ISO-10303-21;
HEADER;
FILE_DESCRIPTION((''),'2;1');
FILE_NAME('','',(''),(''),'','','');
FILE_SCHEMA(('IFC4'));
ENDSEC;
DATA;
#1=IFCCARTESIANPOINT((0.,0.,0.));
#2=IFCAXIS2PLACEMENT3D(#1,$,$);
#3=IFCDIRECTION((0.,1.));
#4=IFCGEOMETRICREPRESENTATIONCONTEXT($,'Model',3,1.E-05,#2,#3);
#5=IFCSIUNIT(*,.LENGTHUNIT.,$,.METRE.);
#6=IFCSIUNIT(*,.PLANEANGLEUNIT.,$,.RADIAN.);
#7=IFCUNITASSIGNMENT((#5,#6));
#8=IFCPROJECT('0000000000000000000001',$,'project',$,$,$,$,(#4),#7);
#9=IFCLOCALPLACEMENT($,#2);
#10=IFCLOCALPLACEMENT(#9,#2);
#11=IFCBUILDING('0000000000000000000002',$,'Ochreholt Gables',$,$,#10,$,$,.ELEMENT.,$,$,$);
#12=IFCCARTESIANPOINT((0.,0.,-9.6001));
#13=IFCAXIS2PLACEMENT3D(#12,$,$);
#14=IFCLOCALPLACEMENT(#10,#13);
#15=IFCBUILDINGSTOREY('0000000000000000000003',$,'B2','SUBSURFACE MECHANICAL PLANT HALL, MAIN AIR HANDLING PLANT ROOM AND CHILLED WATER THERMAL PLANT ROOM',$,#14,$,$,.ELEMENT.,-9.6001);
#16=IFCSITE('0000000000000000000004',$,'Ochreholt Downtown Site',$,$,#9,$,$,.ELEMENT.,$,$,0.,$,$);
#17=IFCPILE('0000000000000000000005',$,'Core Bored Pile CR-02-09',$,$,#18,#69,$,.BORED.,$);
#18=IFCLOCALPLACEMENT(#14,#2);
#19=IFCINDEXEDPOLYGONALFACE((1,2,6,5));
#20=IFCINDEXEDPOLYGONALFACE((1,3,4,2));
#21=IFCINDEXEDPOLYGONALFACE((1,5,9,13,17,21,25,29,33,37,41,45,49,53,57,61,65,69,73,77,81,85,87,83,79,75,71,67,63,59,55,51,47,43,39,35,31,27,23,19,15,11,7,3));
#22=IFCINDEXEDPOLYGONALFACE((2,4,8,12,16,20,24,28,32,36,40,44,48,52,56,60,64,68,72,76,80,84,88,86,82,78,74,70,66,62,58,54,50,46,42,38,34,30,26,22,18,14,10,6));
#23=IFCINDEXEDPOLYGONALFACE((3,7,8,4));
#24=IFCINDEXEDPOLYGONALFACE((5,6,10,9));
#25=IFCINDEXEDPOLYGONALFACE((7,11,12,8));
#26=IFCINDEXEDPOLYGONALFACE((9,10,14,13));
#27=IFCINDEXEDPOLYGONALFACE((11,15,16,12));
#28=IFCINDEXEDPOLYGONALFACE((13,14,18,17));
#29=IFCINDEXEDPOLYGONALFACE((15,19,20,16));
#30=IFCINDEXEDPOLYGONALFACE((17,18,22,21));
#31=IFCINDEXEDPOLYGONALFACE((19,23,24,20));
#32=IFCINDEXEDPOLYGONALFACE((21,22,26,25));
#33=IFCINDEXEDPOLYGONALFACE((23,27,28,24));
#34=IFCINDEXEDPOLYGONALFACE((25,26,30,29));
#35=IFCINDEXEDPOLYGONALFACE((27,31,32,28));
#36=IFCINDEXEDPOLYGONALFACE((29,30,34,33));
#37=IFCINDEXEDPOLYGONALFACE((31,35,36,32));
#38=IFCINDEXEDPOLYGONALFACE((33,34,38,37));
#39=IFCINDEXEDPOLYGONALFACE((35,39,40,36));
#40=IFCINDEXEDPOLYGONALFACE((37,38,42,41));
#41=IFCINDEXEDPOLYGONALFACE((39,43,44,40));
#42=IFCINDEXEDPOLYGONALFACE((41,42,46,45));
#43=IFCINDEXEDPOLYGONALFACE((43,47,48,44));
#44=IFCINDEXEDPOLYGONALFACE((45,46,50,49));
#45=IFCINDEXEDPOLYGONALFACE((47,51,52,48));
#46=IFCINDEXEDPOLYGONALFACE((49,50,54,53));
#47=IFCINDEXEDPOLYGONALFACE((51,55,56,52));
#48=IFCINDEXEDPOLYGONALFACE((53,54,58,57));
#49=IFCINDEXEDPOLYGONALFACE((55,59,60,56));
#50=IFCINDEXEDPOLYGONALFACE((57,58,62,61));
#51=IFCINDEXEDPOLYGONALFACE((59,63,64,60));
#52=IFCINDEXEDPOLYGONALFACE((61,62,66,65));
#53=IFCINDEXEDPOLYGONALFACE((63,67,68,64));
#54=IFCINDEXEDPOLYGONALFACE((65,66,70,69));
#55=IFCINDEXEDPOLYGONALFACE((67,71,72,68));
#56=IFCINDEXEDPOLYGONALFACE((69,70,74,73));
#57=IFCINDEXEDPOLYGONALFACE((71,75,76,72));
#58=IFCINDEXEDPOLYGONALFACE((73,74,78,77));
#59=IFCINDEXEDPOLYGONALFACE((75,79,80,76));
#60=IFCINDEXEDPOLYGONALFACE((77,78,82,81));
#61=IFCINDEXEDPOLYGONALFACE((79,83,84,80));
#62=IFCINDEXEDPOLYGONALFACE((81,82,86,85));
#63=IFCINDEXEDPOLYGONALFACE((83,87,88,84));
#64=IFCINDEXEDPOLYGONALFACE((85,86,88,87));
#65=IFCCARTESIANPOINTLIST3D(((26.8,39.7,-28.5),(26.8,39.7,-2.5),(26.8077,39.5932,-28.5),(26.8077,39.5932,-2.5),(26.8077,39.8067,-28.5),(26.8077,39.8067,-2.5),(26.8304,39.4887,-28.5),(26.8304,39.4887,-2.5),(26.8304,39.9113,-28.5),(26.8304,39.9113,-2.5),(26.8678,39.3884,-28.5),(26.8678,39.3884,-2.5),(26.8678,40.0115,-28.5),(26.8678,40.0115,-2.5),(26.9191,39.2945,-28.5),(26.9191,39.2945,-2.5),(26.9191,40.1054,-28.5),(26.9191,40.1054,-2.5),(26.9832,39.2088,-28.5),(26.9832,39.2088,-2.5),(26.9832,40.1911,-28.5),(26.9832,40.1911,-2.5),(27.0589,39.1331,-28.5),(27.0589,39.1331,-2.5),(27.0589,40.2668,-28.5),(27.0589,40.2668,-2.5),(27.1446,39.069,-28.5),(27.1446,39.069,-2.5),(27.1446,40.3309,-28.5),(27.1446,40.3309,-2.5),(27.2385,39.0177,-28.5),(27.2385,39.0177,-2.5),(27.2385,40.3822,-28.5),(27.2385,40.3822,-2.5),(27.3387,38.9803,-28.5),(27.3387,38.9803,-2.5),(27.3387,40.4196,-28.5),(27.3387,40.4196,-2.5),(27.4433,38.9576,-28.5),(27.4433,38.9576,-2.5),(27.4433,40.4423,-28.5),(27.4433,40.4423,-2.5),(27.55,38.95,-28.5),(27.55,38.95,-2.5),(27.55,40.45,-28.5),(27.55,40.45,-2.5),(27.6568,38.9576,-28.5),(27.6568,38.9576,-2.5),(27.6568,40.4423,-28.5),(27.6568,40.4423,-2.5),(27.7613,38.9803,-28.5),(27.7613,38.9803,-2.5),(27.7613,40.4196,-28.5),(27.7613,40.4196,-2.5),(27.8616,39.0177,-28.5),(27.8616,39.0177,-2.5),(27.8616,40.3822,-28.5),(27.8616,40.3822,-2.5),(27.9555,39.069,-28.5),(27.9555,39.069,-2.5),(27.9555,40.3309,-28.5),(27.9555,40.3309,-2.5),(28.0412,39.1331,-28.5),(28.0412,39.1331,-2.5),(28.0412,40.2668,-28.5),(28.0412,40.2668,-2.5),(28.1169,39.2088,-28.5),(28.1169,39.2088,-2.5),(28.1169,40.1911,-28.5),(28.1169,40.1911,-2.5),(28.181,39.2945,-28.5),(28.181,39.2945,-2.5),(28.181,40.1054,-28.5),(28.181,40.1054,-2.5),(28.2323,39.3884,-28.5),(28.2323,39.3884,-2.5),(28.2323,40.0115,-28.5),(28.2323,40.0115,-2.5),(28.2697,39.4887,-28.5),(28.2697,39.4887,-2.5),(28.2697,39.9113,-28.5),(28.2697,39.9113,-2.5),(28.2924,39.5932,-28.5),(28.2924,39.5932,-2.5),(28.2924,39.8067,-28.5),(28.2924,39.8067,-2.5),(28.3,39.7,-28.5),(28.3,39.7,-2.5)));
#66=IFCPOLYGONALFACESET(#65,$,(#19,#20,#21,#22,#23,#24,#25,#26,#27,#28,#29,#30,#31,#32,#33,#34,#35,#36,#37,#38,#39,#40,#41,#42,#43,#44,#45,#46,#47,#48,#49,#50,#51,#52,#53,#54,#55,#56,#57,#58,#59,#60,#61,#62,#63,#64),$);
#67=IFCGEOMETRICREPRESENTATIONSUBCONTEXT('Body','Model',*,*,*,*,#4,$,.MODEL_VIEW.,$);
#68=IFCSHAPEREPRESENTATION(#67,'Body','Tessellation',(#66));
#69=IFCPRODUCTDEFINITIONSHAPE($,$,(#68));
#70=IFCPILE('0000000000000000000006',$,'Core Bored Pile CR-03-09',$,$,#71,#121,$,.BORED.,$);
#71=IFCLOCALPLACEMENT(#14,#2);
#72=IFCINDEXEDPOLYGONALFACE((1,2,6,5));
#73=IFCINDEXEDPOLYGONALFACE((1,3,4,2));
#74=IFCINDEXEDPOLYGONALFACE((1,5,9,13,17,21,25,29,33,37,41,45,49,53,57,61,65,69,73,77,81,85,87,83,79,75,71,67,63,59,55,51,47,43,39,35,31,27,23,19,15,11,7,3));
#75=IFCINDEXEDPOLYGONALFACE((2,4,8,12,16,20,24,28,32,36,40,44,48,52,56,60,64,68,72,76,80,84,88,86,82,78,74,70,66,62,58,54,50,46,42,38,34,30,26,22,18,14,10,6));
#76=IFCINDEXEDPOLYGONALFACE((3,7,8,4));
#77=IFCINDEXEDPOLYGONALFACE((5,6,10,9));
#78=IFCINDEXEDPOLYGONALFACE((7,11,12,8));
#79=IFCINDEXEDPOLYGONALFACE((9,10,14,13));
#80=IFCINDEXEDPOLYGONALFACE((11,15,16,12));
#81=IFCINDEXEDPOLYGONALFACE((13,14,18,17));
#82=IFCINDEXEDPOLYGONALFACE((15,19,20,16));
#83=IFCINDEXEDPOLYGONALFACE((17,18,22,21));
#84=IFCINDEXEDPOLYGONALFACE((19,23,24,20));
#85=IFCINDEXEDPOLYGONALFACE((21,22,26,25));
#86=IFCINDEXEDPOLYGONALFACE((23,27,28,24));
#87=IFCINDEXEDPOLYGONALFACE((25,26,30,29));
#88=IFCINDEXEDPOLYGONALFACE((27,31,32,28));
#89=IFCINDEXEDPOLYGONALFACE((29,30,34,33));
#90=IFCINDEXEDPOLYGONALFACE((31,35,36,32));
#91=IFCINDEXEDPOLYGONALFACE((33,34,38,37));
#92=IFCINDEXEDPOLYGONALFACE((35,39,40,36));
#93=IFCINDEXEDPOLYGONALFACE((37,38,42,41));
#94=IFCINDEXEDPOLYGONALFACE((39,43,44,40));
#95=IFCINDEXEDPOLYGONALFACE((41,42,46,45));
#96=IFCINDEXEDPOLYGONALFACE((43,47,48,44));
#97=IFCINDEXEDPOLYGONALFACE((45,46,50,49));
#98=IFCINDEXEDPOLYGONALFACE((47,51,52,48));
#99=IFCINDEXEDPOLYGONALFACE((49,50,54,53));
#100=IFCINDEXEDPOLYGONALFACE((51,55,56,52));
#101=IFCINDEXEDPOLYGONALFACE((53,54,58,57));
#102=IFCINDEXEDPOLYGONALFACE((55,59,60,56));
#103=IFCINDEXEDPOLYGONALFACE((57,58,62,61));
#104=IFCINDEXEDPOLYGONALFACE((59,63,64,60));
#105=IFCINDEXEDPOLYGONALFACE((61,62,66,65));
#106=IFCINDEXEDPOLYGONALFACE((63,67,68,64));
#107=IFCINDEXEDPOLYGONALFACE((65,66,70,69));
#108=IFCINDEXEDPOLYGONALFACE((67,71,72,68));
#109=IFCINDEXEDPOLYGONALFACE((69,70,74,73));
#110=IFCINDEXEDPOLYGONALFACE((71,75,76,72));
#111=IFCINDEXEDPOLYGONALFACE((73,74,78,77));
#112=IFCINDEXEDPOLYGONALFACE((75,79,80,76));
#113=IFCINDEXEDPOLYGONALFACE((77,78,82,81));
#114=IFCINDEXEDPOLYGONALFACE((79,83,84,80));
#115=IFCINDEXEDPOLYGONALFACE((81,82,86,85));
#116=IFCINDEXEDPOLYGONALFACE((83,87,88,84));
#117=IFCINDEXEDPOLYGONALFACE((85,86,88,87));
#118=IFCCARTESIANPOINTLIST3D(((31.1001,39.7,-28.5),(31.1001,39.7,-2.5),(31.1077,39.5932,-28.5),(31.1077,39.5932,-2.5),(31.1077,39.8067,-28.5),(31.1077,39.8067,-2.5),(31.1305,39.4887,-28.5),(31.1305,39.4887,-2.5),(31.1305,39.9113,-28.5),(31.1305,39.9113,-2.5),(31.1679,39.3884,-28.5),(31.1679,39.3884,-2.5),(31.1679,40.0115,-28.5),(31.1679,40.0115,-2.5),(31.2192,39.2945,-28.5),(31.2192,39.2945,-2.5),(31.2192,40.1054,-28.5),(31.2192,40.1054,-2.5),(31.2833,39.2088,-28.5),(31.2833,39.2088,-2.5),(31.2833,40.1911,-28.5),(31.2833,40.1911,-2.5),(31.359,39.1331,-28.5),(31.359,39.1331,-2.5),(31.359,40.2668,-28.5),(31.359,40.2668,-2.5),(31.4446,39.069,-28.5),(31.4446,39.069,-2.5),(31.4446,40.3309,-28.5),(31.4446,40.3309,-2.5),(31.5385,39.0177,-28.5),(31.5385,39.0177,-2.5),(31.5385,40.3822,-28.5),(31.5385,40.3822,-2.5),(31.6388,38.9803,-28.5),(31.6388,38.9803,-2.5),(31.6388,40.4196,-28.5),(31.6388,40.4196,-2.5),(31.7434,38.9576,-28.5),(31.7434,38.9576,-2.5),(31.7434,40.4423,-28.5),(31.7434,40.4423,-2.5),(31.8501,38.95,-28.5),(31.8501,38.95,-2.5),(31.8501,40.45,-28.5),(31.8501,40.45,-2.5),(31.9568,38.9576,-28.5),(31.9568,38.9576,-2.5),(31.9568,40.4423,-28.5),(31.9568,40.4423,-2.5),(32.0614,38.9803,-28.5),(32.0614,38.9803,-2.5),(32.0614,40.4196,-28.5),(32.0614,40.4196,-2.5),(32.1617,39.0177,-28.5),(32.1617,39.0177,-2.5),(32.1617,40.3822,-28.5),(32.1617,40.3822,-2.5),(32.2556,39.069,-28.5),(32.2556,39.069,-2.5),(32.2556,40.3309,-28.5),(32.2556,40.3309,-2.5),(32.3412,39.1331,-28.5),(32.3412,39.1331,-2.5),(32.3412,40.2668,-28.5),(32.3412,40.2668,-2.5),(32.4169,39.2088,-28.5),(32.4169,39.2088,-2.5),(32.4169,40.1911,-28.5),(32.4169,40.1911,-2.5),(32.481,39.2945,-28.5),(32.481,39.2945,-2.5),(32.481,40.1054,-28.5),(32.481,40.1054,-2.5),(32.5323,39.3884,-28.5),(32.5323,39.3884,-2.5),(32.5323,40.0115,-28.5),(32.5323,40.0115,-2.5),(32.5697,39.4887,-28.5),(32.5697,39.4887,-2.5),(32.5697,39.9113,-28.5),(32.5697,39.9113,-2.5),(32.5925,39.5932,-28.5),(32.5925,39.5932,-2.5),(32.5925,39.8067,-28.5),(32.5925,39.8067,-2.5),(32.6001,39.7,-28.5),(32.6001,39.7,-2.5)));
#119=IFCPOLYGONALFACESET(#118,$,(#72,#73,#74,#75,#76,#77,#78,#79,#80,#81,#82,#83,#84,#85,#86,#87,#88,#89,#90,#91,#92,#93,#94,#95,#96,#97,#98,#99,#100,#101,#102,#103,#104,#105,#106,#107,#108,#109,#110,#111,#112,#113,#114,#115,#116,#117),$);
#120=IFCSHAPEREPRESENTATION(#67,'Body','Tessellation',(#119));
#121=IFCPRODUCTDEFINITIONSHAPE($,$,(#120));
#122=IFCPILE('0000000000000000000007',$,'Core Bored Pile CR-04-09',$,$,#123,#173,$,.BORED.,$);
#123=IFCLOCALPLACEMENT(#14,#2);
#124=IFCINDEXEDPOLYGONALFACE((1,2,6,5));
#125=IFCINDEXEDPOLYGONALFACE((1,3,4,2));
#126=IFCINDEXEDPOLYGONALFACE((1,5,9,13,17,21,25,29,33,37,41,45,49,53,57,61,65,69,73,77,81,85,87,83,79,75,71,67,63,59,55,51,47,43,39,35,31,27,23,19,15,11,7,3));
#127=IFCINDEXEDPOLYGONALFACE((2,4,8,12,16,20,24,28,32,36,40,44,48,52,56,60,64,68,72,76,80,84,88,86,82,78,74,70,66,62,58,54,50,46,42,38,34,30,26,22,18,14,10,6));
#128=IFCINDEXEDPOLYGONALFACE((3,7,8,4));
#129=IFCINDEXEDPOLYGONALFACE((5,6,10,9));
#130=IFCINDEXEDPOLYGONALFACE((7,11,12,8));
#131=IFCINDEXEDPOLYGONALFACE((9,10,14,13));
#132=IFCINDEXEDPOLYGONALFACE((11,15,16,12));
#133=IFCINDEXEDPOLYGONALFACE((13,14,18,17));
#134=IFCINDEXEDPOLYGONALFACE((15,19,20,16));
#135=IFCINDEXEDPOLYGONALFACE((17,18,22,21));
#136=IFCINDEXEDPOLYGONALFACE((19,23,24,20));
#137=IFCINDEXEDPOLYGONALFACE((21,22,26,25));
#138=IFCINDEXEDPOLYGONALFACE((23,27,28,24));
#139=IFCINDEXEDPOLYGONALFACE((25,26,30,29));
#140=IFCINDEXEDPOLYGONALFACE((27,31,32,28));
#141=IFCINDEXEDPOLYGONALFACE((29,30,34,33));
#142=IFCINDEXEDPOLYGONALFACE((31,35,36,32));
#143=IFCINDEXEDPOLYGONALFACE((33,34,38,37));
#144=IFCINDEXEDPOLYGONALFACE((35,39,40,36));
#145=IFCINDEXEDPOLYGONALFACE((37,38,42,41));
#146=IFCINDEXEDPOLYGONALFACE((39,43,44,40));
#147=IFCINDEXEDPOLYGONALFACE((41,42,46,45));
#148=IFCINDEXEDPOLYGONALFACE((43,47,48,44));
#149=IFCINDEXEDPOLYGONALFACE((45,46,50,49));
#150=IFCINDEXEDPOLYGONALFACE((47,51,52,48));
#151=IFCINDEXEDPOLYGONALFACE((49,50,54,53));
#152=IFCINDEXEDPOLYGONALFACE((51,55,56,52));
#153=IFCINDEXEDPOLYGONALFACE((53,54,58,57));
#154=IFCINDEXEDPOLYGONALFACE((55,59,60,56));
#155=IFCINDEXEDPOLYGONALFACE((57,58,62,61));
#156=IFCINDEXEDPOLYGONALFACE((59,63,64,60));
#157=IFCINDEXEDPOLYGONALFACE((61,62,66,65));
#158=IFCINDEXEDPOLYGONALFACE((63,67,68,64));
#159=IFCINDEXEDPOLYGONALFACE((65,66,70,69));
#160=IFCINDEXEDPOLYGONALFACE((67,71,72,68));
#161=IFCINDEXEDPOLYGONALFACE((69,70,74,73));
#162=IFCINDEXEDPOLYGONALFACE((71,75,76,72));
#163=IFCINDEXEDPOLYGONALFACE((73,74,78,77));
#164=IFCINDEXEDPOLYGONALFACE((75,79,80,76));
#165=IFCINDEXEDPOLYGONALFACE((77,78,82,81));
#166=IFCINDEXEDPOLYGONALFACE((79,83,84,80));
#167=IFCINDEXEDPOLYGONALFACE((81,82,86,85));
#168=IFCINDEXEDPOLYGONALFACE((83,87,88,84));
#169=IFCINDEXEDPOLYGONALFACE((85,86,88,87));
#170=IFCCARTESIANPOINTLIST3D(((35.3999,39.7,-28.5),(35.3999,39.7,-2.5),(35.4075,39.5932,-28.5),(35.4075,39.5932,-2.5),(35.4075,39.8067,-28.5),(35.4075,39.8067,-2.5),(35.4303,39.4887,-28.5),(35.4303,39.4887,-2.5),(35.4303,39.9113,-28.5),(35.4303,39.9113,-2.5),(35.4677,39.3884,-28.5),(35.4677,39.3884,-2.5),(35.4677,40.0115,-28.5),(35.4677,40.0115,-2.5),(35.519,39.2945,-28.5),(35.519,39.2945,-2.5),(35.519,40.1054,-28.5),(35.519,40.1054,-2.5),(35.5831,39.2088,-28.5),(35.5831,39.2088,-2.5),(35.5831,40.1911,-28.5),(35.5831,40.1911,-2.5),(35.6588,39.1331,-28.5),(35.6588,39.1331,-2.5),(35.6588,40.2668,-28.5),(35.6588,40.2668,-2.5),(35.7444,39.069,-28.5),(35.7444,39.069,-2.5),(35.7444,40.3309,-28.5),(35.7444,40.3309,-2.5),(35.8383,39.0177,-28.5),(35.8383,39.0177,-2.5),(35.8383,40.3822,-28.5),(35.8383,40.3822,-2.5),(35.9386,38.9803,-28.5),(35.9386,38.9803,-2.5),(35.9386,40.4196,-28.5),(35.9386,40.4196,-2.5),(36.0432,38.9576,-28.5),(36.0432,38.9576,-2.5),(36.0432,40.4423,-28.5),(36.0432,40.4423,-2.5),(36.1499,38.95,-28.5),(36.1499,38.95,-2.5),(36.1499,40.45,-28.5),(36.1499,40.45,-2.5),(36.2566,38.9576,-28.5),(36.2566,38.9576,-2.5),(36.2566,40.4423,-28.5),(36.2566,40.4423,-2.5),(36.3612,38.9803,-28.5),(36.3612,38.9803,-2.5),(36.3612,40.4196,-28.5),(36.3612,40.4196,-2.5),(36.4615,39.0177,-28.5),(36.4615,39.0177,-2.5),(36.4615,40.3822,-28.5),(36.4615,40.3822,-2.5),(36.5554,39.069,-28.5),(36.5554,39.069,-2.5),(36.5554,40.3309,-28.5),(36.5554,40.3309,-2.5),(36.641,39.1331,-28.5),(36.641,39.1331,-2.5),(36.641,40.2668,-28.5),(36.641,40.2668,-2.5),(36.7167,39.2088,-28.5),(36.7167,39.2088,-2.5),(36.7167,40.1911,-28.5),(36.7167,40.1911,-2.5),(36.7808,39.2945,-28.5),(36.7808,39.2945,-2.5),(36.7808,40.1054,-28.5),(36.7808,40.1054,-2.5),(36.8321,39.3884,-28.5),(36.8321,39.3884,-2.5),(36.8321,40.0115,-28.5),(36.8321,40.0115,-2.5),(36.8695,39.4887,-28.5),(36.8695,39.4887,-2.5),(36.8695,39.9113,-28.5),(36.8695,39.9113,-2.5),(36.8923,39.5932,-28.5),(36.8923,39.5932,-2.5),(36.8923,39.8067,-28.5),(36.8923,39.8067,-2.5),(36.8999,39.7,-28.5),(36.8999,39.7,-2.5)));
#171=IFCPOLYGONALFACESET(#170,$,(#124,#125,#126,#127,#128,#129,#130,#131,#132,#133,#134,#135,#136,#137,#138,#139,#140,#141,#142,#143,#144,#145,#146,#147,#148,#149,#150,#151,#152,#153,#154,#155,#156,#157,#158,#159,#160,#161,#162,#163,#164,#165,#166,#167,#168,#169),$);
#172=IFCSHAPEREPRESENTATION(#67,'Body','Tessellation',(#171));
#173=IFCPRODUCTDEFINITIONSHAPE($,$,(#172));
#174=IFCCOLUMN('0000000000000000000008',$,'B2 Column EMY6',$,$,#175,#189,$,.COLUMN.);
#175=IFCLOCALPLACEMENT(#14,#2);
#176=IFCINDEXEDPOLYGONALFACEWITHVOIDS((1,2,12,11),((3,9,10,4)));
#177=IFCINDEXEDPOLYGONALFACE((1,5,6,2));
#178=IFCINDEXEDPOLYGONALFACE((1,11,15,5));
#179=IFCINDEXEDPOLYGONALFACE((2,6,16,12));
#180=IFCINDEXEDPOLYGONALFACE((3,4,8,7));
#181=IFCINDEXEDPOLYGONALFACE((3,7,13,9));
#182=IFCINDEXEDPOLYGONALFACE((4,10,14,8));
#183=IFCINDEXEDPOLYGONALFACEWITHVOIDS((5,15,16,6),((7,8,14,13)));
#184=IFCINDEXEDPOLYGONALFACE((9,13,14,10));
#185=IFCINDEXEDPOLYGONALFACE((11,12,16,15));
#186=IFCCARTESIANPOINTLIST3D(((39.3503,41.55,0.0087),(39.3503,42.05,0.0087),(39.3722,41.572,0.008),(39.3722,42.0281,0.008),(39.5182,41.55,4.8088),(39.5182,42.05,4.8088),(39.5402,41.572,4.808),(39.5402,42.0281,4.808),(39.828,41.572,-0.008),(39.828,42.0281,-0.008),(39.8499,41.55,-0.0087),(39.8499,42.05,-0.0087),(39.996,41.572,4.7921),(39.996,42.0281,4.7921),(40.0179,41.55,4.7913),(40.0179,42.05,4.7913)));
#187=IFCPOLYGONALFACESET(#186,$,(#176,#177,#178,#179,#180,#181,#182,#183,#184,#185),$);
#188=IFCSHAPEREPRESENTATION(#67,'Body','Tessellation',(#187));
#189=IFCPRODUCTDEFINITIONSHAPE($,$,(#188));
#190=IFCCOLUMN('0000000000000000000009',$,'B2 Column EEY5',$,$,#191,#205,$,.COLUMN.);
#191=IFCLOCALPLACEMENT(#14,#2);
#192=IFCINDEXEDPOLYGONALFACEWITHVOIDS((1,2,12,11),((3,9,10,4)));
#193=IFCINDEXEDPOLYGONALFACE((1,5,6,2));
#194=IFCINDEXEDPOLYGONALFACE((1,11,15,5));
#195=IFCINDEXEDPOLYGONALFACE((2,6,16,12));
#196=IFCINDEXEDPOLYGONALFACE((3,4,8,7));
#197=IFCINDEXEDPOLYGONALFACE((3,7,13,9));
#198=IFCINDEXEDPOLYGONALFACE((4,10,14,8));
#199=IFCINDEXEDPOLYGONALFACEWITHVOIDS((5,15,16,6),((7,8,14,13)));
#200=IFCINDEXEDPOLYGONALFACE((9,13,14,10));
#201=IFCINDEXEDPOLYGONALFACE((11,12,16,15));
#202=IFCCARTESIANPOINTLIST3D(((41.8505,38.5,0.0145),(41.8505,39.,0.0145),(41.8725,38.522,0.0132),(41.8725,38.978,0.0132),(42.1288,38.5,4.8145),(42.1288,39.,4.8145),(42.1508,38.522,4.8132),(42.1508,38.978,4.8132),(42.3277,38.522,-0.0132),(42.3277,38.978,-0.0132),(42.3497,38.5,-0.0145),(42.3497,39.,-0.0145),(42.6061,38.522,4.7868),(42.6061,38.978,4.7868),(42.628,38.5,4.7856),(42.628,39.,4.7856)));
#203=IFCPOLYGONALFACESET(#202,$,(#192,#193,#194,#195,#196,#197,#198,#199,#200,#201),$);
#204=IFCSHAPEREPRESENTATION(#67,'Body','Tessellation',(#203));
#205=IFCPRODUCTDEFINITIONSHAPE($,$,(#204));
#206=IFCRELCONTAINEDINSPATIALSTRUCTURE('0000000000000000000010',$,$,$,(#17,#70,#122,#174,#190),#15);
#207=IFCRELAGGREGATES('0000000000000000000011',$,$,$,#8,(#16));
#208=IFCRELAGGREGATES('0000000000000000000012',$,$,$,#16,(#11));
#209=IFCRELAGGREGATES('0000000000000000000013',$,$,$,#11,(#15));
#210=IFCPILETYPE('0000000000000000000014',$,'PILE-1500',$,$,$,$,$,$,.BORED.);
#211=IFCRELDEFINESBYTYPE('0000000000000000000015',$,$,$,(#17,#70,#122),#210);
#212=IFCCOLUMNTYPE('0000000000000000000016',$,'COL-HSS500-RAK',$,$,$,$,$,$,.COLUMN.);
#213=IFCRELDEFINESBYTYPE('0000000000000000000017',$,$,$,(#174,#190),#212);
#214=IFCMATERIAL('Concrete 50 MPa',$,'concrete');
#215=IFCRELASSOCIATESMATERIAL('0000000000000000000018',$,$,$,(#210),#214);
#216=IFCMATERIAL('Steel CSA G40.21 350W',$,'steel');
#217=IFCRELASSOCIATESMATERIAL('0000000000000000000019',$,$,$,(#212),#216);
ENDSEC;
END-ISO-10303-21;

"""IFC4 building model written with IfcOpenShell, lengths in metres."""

from ifc_helpers import new_model, si_unit, direction, frame, origin, origin_2d, place, context, subcontext, project, spatial, hollow_rectangle, circle, extrude, material, material_profile, profile_set, type_object, element, save


model = new_model("IFC4")

# Units and contexts
model_context = context("Model", 3, precision=1e-05, world=origin(), true_north=direction((0.0, 1.0)))
body_context = subcontext(model_context, "Body", "Model", "MODEL_VIEW")
ifc_project = project(units=[si_unit("LENGTHUNIT", "METRE"), si_unit("PLANEANGLEUNIT", "RADIAN")], contexts=[model_context])

# Site, building, storey
site_placement = place(None, origin())
site = spatial("IfcSite", under=ifc_project, at=site_placement, Name="Ochreholt Downtown Site", CompositionType="ELEMENT", RefElevation=0.0)
building_placement = place(site_placement, origin())
building = spatial("IfcBuilding", under=site, at=building_placement, Name="Ochreholt Gables", CompositionType="ELEMENT")
storey_placement = place(building_placement, frame((0.0, 0.0, -9.6001)))
storey = spatial("IfcBuildingStorey", under=building, at=storey_placement, Name="B2", Description="SUBSURFACE MECHANICAL PLANT HALL, MAIN AIR HANDLING PLANT ROOM AND CHILLED WATER THERMAL PLANT ROOM", CompositionType="ELEMENT", Elevation=-9.6001)

# Shared definitions
ifc_material_1 = material(Name="Concrete 50 MPa", Category="concrete")

# Piles
ifc_material_profile_1 = material_profile(ifc_material_1, circle(Radius=0.75, at=origin_2d()), Name="PILE1500")
ifc_profile_set_1 = profile_set([ifc_material_profile_1], Name="Concrete 50 MPa")
pile_type_1 = type_object("IfcPileType", Name="PILE-1500", PredefinedType="BORED", material=ifc_profile_set_1)
for number, where, z_axis, x_axis, name in (
    (1, (27.55, 39.7, -2.5), (0.0, 0.0, -1.0), (1.0, 0.0, 0.0), "Core Bored Pile CR-02-09"),
    (2, (31.8501, 39.7, -2.5), (0.0, 0.0, -1.0), (1.0, 0.0, 0.0), "Core Bored Pile CR-03-09"),
    (3, (36.1499, 39.7, -2.5), (0.0, 0.0, -1.0), (1.0, 0.0, 0.0), "Core Bored Pile CR-04-09"),
):
    element("IfcPile", number, at=place(storey_placement, frame(where, z_axis=z_axis, x_axis=x_axis)), inside=storey, type_object=pile_type_1, Name=name, PredefinedType="BORED", context=body_context, shape_type="SweptSolid", body=[
        extrude(circle(Radius=0.75, at=origin_2d()), origin(), (0.0, 0.0, 1.0), 26.0),
    ])

# Columns
ifc_material_2 = material(Name="Steel CSA G40.21 350W", Category="steel")
ifc_material_profile_2 = material_profile(ifc_material_2, hollow_rectangle(XDim=0.5, YDim=0.5, WallThickness=0.022, at=origin_2d()), Name="HSS500X500X22")
ifc_profile_set_2 = profile_set([ifc_material_profile_2], Name="Steel CSA G40.21 350W")
column_type_1 = type_object("IfcColumnType", Name="COL-HSS500-RAK", PredefinedType="COLUMN", material=ifc_profile_set_2)
column_1_placement = place(storey_placement, frame((39.6001, 41.8, 0.0), z_axis=(0.034972, 0.0, 0.999388), x_axis=(0.0, 1.0, 0.0)))
element("IfcColumn", 4, at=column_1_placement, inside=storey, type_object=column_type_1, Name="B2 Column EMY6", PredefinedType="COLUMN", context=body_context, shape_type="SweptSolid", body=[
    extrude(hollow_rectangle(XDim=0.5, YDim=0.5, WallThickness=0.022, at=origin_2d()), origin(), (0.0, 0.0, 1.0), 4.803),
])
for number, where, z_axis, x_axis, name in (
    (5, (42.1001, 38.75, 0.0), (0.057886, 0.0, 0.998323), (0.0, 1.0, 0.0), "B2 Column EEY5"),
):
    element("IfcColumn", number, at=place(storey_placement, frame(where, z_axis=z_axis, x_axis=x_axis)), inside=storey, type_object=column_type_1, Name=name, PredefinedType="COLUMN", context=body_context, shape_type="SweptSolid", body=[
        extrude(hollow_rectangle(XDim=0.5, YDim=0.5, WallThickness=0.022, at=origin_2d()), origin(), (0.0, 0.0, 1.0), 4.8081),
    ])

save(model, "model.ifc")
